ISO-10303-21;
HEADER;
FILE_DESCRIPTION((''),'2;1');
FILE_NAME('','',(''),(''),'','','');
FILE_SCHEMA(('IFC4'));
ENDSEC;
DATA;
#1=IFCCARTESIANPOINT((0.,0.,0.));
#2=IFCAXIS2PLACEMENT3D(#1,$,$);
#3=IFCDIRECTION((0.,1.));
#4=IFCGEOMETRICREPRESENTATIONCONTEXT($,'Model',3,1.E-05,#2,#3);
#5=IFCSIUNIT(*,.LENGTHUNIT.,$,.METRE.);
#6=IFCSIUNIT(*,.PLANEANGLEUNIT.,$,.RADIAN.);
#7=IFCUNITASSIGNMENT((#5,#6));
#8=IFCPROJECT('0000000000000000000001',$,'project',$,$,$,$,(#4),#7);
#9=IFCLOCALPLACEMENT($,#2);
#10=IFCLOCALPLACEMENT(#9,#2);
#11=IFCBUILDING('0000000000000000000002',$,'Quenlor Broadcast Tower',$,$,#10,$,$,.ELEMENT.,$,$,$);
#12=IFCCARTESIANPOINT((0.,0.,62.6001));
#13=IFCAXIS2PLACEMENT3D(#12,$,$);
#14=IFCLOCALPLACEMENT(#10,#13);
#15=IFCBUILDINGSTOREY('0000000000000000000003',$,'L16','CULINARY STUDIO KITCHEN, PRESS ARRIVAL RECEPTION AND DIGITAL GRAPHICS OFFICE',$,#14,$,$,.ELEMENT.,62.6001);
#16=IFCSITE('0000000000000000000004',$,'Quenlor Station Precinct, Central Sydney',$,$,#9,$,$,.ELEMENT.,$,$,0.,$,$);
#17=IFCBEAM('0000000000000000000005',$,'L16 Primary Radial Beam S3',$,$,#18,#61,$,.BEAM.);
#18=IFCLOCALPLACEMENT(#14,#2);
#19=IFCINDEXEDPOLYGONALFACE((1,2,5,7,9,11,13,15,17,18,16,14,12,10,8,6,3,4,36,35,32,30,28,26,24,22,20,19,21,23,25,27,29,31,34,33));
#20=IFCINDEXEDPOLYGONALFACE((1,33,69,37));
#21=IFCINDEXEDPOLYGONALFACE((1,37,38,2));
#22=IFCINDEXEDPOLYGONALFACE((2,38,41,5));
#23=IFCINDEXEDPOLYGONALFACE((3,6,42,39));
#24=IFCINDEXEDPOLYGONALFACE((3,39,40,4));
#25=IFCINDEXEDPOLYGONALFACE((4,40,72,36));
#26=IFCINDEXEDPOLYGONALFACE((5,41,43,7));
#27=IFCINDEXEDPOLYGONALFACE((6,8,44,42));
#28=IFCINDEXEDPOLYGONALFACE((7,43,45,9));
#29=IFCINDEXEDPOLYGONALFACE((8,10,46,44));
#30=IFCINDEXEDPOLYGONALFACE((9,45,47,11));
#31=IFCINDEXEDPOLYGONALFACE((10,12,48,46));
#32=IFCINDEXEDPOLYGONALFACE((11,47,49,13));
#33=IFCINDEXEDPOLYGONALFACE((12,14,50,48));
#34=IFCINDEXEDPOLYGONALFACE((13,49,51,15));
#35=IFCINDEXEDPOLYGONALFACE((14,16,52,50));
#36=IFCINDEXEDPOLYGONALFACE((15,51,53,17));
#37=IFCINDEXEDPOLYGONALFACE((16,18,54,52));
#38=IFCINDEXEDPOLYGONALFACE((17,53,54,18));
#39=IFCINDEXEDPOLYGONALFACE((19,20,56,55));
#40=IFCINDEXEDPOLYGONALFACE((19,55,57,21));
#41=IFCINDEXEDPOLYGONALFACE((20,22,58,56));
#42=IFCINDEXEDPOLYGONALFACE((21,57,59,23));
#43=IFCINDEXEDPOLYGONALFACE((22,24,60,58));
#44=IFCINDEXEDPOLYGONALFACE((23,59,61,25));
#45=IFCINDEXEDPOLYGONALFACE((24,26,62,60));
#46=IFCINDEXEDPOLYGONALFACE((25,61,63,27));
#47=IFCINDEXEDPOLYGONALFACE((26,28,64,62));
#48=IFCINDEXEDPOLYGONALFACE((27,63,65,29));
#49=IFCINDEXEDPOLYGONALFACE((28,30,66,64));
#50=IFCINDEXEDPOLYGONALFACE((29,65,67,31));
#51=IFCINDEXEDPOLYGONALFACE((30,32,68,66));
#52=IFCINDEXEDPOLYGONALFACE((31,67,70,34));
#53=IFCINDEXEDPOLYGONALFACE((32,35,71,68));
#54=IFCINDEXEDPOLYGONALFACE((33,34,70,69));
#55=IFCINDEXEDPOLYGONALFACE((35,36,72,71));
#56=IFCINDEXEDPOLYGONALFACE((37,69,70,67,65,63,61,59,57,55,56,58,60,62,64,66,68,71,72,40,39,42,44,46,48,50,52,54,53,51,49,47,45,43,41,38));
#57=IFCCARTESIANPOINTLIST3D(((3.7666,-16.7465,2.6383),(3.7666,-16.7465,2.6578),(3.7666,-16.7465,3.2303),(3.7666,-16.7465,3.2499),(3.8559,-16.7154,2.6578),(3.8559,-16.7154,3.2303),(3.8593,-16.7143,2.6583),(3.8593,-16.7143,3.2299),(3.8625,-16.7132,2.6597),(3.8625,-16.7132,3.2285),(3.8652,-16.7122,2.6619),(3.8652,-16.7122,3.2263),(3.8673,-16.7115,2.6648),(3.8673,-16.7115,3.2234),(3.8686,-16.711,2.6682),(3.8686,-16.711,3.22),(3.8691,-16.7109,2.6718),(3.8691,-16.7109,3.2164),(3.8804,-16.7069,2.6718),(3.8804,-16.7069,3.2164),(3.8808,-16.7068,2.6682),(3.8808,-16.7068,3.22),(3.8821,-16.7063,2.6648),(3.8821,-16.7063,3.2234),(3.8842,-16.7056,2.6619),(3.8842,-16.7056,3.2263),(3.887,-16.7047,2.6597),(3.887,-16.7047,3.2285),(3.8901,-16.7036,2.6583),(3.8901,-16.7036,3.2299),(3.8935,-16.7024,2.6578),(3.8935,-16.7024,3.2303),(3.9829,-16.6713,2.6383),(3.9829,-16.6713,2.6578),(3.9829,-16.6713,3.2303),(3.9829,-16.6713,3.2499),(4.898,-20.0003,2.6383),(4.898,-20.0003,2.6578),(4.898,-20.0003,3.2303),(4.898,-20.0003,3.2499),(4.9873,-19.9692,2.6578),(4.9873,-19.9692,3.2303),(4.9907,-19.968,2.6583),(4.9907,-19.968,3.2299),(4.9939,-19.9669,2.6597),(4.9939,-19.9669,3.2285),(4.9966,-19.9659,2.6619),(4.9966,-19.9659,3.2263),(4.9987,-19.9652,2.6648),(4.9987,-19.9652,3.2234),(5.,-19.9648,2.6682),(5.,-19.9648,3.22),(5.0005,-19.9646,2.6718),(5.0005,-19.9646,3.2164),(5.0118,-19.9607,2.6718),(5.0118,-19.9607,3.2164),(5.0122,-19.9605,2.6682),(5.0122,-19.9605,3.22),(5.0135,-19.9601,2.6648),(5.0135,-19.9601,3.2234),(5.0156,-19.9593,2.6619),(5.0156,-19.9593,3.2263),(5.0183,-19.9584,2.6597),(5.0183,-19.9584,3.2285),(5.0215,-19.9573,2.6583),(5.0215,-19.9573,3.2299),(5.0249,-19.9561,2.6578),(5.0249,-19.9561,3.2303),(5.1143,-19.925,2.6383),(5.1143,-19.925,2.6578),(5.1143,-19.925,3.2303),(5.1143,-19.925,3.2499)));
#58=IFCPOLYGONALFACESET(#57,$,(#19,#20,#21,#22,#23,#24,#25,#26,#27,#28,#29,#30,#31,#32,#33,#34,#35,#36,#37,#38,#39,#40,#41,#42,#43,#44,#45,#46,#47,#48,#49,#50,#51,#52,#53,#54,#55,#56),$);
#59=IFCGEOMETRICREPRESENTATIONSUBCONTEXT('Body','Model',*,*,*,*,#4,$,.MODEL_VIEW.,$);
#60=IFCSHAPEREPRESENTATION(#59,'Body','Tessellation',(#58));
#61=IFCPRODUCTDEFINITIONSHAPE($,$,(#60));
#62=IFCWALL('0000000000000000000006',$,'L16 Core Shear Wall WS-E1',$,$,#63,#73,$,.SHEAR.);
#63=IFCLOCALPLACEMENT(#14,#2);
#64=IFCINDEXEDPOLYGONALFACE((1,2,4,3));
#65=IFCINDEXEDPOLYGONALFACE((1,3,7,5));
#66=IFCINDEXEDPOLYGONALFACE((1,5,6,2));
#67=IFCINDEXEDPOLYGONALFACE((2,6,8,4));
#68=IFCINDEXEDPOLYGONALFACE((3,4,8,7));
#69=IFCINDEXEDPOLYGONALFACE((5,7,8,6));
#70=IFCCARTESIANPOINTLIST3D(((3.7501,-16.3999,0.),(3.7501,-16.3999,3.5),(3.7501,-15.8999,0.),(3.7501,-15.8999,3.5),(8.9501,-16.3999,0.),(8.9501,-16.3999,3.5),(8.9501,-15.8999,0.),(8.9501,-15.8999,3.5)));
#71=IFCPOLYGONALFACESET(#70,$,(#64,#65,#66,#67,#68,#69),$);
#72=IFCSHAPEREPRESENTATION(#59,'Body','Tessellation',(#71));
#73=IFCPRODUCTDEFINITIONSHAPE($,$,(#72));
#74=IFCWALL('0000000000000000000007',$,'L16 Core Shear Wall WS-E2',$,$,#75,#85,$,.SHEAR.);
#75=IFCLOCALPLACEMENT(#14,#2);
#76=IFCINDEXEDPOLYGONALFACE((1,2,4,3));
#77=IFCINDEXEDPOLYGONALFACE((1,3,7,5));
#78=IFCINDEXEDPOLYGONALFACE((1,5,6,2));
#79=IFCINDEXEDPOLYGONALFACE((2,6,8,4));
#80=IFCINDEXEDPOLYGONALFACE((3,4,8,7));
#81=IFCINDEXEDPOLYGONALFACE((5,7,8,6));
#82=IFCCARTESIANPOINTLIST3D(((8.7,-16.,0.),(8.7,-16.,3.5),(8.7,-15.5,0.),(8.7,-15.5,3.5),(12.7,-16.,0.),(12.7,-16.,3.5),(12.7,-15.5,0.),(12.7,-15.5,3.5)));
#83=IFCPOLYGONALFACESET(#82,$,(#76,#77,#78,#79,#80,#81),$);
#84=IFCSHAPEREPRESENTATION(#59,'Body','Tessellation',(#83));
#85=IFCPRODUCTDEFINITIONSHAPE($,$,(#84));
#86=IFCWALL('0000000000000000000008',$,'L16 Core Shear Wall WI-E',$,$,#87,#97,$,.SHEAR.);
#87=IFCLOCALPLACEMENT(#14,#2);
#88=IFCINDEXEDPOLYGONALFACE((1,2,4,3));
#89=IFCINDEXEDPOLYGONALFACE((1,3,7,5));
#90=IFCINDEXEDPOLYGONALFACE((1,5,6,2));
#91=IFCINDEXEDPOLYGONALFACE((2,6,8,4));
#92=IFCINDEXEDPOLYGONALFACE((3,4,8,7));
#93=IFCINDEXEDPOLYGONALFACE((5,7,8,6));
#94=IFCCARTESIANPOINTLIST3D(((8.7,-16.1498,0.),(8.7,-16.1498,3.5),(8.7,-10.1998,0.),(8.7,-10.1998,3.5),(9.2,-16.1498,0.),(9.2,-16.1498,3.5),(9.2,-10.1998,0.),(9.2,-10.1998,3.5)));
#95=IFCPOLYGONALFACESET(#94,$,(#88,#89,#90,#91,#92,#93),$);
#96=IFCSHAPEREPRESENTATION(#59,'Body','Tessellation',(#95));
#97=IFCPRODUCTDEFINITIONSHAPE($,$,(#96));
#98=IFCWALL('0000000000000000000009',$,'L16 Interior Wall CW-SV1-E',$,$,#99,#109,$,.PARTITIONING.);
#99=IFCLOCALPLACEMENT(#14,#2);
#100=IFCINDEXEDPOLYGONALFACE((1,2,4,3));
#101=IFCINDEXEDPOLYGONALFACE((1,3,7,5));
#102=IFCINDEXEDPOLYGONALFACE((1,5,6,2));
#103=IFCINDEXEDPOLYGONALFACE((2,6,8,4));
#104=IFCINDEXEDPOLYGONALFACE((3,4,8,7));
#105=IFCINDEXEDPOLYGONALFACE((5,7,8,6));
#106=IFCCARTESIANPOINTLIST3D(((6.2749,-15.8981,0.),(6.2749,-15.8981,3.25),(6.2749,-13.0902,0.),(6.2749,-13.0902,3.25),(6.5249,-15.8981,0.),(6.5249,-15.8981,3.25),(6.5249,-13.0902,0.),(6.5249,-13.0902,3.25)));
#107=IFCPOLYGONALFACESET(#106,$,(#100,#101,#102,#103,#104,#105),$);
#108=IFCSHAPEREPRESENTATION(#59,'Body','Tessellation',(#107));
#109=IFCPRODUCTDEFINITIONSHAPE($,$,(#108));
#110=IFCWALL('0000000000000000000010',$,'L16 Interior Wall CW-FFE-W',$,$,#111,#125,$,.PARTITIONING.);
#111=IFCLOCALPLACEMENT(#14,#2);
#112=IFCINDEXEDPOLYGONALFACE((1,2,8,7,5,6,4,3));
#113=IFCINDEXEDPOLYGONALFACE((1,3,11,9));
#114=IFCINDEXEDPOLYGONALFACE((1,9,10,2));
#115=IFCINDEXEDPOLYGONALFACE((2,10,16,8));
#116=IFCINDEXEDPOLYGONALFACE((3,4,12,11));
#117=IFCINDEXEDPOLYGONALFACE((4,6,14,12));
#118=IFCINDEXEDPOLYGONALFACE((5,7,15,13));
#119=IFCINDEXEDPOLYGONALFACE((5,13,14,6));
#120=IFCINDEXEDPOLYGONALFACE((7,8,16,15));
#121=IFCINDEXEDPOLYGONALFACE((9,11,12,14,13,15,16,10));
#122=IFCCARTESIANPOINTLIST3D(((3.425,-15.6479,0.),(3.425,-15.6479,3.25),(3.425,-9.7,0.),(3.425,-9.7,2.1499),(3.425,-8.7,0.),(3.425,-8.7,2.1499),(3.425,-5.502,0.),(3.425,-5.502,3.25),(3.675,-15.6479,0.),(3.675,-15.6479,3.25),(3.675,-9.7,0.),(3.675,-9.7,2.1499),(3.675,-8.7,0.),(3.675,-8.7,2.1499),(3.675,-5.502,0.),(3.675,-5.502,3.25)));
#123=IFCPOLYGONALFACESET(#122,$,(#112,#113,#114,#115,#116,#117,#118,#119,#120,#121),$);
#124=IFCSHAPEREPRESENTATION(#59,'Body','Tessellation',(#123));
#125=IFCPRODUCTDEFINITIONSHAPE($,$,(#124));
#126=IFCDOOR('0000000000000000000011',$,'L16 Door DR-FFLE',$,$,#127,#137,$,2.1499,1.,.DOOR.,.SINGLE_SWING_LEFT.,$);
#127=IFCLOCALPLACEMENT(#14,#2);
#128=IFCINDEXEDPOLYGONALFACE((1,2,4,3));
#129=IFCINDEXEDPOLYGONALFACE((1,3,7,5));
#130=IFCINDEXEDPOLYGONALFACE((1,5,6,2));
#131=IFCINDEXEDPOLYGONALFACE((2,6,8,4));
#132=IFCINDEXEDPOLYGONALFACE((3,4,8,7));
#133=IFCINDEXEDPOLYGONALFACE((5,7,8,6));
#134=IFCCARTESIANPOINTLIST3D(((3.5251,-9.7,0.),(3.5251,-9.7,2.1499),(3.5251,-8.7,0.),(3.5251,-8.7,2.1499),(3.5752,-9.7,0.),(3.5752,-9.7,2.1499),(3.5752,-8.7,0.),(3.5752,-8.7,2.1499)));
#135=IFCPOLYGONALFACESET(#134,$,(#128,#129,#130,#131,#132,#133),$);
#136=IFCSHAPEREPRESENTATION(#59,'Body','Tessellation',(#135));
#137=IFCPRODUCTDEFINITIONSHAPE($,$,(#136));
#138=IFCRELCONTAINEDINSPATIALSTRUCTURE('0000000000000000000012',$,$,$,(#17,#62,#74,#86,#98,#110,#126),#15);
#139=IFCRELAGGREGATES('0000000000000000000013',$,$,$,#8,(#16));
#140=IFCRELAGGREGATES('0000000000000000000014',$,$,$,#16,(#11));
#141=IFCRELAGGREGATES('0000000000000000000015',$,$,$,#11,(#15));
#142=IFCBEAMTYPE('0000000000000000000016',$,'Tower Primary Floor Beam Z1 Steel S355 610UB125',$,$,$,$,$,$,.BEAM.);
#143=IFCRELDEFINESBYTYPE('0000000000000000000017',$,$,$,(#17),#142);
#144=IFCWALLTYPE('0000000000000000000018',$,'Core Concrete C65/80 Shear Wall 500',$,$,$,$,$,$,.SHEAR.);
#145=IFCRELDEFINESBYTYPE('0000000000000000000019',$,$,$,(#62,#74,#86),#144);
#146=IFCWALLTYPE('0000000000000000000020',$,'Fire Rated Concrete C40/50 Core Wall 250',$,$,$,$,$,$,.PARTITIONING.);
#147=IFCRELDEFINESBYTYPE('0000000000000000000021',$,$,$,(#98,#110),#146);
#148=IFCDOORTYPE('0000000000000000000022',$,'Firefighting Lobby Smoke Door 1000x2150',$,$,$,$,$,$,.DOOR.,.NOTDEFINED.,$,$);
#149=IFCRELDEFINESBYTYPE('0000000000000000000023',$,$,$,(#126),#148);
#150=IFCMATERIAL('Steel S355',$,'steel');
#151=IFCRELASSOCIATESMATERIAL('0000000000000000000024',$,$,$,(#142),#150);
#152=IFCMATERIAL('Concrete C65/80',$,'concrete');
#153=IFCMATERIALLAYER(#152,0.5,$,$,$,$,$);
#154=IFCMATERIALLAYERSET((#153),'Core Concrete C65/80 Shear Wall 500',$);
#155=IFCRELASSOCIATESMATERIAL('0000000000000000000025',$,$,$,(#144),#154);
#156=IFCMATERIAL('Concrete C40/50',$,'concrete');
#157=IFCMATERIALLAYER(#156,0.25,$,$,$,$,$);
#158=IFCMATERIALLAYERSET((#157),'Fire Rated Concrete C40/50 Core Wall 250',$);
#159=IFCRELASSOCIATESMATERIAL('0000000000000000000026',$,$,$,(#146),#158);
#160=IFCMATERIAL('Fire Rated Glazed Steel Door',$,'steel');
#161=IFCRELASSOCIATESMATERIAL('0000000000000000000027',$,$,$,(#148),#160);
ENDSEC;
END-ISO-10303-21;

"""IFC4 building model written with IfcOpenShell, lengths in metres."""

from ifc_helpers import new_model, si_unit, direction, frame, frame_2d, origin, origin_2d, place, context, subcontext, project, spatial, rectangle, i_section, extrude, material, layer, layer_set, material_profile, profile_set, type_object, element, fill, save


model = new_model("IFC4")

# Units and contexts
model_context = context("Model", 3, precision=1e-05, world=origin(), true_north=direction((0.0, 1.0)))
body_context = subcontext(model_context, "Body", "Model", "MODEL_VIEW")
ifc_project = project(units=[si_unit("LENGTHUNIT", "METRE"), si_unit("PLANEANGLEUNIT", "RADIAN")], contexts=[model_context])

# Site, building, storey
site_placement = place(None, origin())
site = spatial("IfcSite", under=ifc_project, at=site_placement, Name="Quenlor Station Precinct, Central Sydney", CompositionType="ELEMENT", RefElevation=0.0)
building_placement = place(site_placement, origin())
building = spatial("IfcBuilding", under=site, at=building_placement, Name="Quenlor Broadcast Tower", CompositionType="ELEMENT")
storey_placement = place(building_placement, frame((0.0, 0.0, 62.6001)))
storey = spatial("IfcBuildingStorey", under=building, at=storey_placement, Name="L16", Description="CULINARY STUDIO KITCHEN, PRESS ARRIVAL RECEPTION AND DIGITAL GRAPHICS OFFICE", CompositionType="ELEMENT", Elevation=62.6001)

# Beam
ifc_material_1 = material(Name="Steel S355", Category="steel")
ifc_material_profile_1 = material_profile(ifc_material_1, i_section(OverallWidth=0.229, OverallDepth=0.6116, WebThickness=0.012, FlangeThickness=0.0195, FilletRadius=0.0139, at=origin_2d()))
ifc_profile_set_1 = profile_set([ifc_material_profile_1], Name="Steel S355 610UB125")
beam_type_1 = type_object("IfcBeamType", Name="Tower Primary Floor Beam Z1 Steel S355 610UB125", PredefinedType="BEAM", material=ifc_profile_set_1)
beam_1_placement = place(storey_placement, frame((5.0061, -19.9626, 2.9441), z_axis=(-0.328427, 0.944529, 0.0), x_axis=(-0.944529, -0.328427, 0.0)))
element("IfcBeam", 1, at=beam_1_placement, inside=storey, type_object=beam_type_1, Name="L16 Primary Radial Beam S3", PredefinedType="BEAM", context=body_context, shape_type="SweptSolid", body=[
    extrude(i_section(OverallWidth=0.229, OverallDepth=0.6116, WebThickness=0.012, FlangeThickness=0.0195, FilletRadius=0.0139, at=origin_2d()), origin(), (0.0, 0.0, 1.0), 3.4448),
])

# Walls
ifc_material_2 = material(Name="Concrete C65/80", Category="concrete")
ifc_layer_1 = layer(ifc_material_2, 0.5)
ifc_layer_set_1 = layer_set([ifc_layer_1], Name="Core Concrete C65/80 Shear Wall 500")
wall_type_1 = type_object("IfcWallType", Name="Core Concrete C65/80 Shear Wall 500", PredefinedType="SHEAR", material=ifc_layer_set_1)
wall_1_placement = place(storey_placement, frame((3.75, -16.1499, 0.0), z_axis=(0.0, 0.0, 1.0), x_axis=(1.0, 0.0, 0.0)))
element("IfcWall", 2, at=wall_1_placement, inside=storey, type_object=wall_type_1, Name="L16 Core Shear Wall WS-E1", PredefinedType="SHEAR", context=body_context, shape_type="SweptSolid", body=[
    extrude(rectangle(XDim=5.2, YDim=0.5, at=frame_2d((2.6001, 0.0))), origin(), (0.0, 0.0, 1.0), 3.5),
])
wall_2_placement = place(storey_placement, frame((8.7, -15.75, 0.0), z_axis=(0.0, 0.0, 1.0), x_axis=(1.0, 0.0, 0.0)))
element("IfcWall", 3, at=wall_2_placement, inside=storey, type_object=wall_type_1, Name="L16 Core Shear Wall WS-E2", PredefinedType="SHEAR", context=body_context, shape_type="SweptSolid", body=[
    extrude(rectangle(XDim=4.0, YDim=0.5, at=frame_2d((2.0, 0.0))), origin(), (0.0, 0.0, 1.0), 3.5),
])
wall_3_placement = place(storey_placement, frame((8.95, -16.1499, 0.0), z_axis=(0.0, 0.0, 1.0), x_axis=(0.0, 1.0, 0.0)))
element("IfcWall", 4, at=wall_3_placement, inside=storey, type_object=wall_type_1, Name="L16 Core Shear Wall WI-E", PredefinedType="SHEAR", context=body_context, shape_type="SweptSolid", body=[
    extrude(rectangle(XDim=5.95, YDim=0.5, at=frame_2d((2.9751, 0.0))), origin(), (0.0, 0.0, 1.0), 3.5),
])

# Shared definitions
ifc_material_3 = material(Name="Concrete C40/50", Category="concrete")
ifc_layer_2 = layer(ifc_material_3, 0.25)
ifc_layer_set_2 = layer_set([ifc_layer_2], Name="Fire Rated Concrete C40/50 Core Wall 250")
wall_type_2 = type_object("IfcWallType", Name="Fire Rated Concrete C40/50 Core Wall 250", PredefinedType="PARTITIONING", material=ifc_layer_set_2)

# Wall
wall_4_placement = place(storey_placement, frame((6.3999, -15.8979, 0.0), z_axis=(0.0, 0.0, 1.0), x_axis=(0.0, 1.0, 0.0)))
element("IfcWall", 5, at=wall_4_placement, inside=storey, type_object=wall_type_2, Name="L16 Interior Wall CW-SV1-E", PredefinedType="PARTITIONING", context=body_context, shape_type="SweptSolid", body=[
    extrude(rectangle(XDim=2.8079, YDim=0.25, at=frame_2d((1.4038, 0.0))), origin(), (0.0, 0.0, 1.0), 3.25),
])

# Wall, opening, door
wall_5_placement = place(storey_placement, frame((3.55, -15.6479, 0.0), z_axis=(0.0, 0.0, 1.0), x_axis=(0.0, 1.0, 0.0)))
wall_5 = element("IfcWall", 6, at=wall_5_placement, inside=storey, type_object=wall_type_2, Name="L16 Interior Wall CW-FFE-W", PredefinedType="PARTITIONING", context=body_context, shape_type="SweptSolid", body=[
    extrude(rectangle(XDim=10.146, YDim=0.25, at=frame_2d((5.073, 0.0))), origin(), (0.0, 0.0, 1.0), 3.25),
])
opening_1_placement = place(wall_5_placement, frame((5.948, 0.0, 0.0)))
opening_1 = element("IfcOpeningElement", 7, at=opening_1_placement, cuts=wall_5, PredefinedType="OPENING", context=body_context, shape_type="SweptSolid", body=[
    extrude(rectangle(XDim=1.0, YDim=2.1499, at=frame_2d((0.5, 1.075))), frame((0.0, 0.135, 0.0), z_axis=(0.0, -1.0, 0.0), x_axis=(1.0, 0.0, 0.0)), (0.0, 0.0, 1.0), 0.27),
])
ifc_material_4 = material(Name="Fire Rated Glazed Steel Door", Category="steel")
door_type_1 = type_object("IfcDoorType", Name="Firefighting Lobby Smoke Door 1000x2150", OperationType="NOTDEFINED", PredefinedType="DOOR", material=ifc_material_4)
door_1_placement = place(opening_1_placement, origin())
door_1 = element("IfcDoor", 8, at=door_1_placement, inside=storey, type_object=door_type_1, Name="L16 Door DR-FFLE", OperationType="SINGLE_SWING_LEFT", OverallHeight=2.1499, OverallWidth=1.0, PredefinedType="DOOR", context=body_context, shape_type="SweptSolid", body=[
    extrude(rectangle(XDim=1.0, YDim=2.1499, at=frame_2d((0.5, 1.075))), frame((0.0, 0.0249, 0.0), z_axis=(0.0, -1.0, 0.0), x_axis=(1.0, 0.0, 0.0)), (0.0, 0.0, 1.0), 0.05),
])
fill(opening_1, door_1)

save(model, "model.ifc")
